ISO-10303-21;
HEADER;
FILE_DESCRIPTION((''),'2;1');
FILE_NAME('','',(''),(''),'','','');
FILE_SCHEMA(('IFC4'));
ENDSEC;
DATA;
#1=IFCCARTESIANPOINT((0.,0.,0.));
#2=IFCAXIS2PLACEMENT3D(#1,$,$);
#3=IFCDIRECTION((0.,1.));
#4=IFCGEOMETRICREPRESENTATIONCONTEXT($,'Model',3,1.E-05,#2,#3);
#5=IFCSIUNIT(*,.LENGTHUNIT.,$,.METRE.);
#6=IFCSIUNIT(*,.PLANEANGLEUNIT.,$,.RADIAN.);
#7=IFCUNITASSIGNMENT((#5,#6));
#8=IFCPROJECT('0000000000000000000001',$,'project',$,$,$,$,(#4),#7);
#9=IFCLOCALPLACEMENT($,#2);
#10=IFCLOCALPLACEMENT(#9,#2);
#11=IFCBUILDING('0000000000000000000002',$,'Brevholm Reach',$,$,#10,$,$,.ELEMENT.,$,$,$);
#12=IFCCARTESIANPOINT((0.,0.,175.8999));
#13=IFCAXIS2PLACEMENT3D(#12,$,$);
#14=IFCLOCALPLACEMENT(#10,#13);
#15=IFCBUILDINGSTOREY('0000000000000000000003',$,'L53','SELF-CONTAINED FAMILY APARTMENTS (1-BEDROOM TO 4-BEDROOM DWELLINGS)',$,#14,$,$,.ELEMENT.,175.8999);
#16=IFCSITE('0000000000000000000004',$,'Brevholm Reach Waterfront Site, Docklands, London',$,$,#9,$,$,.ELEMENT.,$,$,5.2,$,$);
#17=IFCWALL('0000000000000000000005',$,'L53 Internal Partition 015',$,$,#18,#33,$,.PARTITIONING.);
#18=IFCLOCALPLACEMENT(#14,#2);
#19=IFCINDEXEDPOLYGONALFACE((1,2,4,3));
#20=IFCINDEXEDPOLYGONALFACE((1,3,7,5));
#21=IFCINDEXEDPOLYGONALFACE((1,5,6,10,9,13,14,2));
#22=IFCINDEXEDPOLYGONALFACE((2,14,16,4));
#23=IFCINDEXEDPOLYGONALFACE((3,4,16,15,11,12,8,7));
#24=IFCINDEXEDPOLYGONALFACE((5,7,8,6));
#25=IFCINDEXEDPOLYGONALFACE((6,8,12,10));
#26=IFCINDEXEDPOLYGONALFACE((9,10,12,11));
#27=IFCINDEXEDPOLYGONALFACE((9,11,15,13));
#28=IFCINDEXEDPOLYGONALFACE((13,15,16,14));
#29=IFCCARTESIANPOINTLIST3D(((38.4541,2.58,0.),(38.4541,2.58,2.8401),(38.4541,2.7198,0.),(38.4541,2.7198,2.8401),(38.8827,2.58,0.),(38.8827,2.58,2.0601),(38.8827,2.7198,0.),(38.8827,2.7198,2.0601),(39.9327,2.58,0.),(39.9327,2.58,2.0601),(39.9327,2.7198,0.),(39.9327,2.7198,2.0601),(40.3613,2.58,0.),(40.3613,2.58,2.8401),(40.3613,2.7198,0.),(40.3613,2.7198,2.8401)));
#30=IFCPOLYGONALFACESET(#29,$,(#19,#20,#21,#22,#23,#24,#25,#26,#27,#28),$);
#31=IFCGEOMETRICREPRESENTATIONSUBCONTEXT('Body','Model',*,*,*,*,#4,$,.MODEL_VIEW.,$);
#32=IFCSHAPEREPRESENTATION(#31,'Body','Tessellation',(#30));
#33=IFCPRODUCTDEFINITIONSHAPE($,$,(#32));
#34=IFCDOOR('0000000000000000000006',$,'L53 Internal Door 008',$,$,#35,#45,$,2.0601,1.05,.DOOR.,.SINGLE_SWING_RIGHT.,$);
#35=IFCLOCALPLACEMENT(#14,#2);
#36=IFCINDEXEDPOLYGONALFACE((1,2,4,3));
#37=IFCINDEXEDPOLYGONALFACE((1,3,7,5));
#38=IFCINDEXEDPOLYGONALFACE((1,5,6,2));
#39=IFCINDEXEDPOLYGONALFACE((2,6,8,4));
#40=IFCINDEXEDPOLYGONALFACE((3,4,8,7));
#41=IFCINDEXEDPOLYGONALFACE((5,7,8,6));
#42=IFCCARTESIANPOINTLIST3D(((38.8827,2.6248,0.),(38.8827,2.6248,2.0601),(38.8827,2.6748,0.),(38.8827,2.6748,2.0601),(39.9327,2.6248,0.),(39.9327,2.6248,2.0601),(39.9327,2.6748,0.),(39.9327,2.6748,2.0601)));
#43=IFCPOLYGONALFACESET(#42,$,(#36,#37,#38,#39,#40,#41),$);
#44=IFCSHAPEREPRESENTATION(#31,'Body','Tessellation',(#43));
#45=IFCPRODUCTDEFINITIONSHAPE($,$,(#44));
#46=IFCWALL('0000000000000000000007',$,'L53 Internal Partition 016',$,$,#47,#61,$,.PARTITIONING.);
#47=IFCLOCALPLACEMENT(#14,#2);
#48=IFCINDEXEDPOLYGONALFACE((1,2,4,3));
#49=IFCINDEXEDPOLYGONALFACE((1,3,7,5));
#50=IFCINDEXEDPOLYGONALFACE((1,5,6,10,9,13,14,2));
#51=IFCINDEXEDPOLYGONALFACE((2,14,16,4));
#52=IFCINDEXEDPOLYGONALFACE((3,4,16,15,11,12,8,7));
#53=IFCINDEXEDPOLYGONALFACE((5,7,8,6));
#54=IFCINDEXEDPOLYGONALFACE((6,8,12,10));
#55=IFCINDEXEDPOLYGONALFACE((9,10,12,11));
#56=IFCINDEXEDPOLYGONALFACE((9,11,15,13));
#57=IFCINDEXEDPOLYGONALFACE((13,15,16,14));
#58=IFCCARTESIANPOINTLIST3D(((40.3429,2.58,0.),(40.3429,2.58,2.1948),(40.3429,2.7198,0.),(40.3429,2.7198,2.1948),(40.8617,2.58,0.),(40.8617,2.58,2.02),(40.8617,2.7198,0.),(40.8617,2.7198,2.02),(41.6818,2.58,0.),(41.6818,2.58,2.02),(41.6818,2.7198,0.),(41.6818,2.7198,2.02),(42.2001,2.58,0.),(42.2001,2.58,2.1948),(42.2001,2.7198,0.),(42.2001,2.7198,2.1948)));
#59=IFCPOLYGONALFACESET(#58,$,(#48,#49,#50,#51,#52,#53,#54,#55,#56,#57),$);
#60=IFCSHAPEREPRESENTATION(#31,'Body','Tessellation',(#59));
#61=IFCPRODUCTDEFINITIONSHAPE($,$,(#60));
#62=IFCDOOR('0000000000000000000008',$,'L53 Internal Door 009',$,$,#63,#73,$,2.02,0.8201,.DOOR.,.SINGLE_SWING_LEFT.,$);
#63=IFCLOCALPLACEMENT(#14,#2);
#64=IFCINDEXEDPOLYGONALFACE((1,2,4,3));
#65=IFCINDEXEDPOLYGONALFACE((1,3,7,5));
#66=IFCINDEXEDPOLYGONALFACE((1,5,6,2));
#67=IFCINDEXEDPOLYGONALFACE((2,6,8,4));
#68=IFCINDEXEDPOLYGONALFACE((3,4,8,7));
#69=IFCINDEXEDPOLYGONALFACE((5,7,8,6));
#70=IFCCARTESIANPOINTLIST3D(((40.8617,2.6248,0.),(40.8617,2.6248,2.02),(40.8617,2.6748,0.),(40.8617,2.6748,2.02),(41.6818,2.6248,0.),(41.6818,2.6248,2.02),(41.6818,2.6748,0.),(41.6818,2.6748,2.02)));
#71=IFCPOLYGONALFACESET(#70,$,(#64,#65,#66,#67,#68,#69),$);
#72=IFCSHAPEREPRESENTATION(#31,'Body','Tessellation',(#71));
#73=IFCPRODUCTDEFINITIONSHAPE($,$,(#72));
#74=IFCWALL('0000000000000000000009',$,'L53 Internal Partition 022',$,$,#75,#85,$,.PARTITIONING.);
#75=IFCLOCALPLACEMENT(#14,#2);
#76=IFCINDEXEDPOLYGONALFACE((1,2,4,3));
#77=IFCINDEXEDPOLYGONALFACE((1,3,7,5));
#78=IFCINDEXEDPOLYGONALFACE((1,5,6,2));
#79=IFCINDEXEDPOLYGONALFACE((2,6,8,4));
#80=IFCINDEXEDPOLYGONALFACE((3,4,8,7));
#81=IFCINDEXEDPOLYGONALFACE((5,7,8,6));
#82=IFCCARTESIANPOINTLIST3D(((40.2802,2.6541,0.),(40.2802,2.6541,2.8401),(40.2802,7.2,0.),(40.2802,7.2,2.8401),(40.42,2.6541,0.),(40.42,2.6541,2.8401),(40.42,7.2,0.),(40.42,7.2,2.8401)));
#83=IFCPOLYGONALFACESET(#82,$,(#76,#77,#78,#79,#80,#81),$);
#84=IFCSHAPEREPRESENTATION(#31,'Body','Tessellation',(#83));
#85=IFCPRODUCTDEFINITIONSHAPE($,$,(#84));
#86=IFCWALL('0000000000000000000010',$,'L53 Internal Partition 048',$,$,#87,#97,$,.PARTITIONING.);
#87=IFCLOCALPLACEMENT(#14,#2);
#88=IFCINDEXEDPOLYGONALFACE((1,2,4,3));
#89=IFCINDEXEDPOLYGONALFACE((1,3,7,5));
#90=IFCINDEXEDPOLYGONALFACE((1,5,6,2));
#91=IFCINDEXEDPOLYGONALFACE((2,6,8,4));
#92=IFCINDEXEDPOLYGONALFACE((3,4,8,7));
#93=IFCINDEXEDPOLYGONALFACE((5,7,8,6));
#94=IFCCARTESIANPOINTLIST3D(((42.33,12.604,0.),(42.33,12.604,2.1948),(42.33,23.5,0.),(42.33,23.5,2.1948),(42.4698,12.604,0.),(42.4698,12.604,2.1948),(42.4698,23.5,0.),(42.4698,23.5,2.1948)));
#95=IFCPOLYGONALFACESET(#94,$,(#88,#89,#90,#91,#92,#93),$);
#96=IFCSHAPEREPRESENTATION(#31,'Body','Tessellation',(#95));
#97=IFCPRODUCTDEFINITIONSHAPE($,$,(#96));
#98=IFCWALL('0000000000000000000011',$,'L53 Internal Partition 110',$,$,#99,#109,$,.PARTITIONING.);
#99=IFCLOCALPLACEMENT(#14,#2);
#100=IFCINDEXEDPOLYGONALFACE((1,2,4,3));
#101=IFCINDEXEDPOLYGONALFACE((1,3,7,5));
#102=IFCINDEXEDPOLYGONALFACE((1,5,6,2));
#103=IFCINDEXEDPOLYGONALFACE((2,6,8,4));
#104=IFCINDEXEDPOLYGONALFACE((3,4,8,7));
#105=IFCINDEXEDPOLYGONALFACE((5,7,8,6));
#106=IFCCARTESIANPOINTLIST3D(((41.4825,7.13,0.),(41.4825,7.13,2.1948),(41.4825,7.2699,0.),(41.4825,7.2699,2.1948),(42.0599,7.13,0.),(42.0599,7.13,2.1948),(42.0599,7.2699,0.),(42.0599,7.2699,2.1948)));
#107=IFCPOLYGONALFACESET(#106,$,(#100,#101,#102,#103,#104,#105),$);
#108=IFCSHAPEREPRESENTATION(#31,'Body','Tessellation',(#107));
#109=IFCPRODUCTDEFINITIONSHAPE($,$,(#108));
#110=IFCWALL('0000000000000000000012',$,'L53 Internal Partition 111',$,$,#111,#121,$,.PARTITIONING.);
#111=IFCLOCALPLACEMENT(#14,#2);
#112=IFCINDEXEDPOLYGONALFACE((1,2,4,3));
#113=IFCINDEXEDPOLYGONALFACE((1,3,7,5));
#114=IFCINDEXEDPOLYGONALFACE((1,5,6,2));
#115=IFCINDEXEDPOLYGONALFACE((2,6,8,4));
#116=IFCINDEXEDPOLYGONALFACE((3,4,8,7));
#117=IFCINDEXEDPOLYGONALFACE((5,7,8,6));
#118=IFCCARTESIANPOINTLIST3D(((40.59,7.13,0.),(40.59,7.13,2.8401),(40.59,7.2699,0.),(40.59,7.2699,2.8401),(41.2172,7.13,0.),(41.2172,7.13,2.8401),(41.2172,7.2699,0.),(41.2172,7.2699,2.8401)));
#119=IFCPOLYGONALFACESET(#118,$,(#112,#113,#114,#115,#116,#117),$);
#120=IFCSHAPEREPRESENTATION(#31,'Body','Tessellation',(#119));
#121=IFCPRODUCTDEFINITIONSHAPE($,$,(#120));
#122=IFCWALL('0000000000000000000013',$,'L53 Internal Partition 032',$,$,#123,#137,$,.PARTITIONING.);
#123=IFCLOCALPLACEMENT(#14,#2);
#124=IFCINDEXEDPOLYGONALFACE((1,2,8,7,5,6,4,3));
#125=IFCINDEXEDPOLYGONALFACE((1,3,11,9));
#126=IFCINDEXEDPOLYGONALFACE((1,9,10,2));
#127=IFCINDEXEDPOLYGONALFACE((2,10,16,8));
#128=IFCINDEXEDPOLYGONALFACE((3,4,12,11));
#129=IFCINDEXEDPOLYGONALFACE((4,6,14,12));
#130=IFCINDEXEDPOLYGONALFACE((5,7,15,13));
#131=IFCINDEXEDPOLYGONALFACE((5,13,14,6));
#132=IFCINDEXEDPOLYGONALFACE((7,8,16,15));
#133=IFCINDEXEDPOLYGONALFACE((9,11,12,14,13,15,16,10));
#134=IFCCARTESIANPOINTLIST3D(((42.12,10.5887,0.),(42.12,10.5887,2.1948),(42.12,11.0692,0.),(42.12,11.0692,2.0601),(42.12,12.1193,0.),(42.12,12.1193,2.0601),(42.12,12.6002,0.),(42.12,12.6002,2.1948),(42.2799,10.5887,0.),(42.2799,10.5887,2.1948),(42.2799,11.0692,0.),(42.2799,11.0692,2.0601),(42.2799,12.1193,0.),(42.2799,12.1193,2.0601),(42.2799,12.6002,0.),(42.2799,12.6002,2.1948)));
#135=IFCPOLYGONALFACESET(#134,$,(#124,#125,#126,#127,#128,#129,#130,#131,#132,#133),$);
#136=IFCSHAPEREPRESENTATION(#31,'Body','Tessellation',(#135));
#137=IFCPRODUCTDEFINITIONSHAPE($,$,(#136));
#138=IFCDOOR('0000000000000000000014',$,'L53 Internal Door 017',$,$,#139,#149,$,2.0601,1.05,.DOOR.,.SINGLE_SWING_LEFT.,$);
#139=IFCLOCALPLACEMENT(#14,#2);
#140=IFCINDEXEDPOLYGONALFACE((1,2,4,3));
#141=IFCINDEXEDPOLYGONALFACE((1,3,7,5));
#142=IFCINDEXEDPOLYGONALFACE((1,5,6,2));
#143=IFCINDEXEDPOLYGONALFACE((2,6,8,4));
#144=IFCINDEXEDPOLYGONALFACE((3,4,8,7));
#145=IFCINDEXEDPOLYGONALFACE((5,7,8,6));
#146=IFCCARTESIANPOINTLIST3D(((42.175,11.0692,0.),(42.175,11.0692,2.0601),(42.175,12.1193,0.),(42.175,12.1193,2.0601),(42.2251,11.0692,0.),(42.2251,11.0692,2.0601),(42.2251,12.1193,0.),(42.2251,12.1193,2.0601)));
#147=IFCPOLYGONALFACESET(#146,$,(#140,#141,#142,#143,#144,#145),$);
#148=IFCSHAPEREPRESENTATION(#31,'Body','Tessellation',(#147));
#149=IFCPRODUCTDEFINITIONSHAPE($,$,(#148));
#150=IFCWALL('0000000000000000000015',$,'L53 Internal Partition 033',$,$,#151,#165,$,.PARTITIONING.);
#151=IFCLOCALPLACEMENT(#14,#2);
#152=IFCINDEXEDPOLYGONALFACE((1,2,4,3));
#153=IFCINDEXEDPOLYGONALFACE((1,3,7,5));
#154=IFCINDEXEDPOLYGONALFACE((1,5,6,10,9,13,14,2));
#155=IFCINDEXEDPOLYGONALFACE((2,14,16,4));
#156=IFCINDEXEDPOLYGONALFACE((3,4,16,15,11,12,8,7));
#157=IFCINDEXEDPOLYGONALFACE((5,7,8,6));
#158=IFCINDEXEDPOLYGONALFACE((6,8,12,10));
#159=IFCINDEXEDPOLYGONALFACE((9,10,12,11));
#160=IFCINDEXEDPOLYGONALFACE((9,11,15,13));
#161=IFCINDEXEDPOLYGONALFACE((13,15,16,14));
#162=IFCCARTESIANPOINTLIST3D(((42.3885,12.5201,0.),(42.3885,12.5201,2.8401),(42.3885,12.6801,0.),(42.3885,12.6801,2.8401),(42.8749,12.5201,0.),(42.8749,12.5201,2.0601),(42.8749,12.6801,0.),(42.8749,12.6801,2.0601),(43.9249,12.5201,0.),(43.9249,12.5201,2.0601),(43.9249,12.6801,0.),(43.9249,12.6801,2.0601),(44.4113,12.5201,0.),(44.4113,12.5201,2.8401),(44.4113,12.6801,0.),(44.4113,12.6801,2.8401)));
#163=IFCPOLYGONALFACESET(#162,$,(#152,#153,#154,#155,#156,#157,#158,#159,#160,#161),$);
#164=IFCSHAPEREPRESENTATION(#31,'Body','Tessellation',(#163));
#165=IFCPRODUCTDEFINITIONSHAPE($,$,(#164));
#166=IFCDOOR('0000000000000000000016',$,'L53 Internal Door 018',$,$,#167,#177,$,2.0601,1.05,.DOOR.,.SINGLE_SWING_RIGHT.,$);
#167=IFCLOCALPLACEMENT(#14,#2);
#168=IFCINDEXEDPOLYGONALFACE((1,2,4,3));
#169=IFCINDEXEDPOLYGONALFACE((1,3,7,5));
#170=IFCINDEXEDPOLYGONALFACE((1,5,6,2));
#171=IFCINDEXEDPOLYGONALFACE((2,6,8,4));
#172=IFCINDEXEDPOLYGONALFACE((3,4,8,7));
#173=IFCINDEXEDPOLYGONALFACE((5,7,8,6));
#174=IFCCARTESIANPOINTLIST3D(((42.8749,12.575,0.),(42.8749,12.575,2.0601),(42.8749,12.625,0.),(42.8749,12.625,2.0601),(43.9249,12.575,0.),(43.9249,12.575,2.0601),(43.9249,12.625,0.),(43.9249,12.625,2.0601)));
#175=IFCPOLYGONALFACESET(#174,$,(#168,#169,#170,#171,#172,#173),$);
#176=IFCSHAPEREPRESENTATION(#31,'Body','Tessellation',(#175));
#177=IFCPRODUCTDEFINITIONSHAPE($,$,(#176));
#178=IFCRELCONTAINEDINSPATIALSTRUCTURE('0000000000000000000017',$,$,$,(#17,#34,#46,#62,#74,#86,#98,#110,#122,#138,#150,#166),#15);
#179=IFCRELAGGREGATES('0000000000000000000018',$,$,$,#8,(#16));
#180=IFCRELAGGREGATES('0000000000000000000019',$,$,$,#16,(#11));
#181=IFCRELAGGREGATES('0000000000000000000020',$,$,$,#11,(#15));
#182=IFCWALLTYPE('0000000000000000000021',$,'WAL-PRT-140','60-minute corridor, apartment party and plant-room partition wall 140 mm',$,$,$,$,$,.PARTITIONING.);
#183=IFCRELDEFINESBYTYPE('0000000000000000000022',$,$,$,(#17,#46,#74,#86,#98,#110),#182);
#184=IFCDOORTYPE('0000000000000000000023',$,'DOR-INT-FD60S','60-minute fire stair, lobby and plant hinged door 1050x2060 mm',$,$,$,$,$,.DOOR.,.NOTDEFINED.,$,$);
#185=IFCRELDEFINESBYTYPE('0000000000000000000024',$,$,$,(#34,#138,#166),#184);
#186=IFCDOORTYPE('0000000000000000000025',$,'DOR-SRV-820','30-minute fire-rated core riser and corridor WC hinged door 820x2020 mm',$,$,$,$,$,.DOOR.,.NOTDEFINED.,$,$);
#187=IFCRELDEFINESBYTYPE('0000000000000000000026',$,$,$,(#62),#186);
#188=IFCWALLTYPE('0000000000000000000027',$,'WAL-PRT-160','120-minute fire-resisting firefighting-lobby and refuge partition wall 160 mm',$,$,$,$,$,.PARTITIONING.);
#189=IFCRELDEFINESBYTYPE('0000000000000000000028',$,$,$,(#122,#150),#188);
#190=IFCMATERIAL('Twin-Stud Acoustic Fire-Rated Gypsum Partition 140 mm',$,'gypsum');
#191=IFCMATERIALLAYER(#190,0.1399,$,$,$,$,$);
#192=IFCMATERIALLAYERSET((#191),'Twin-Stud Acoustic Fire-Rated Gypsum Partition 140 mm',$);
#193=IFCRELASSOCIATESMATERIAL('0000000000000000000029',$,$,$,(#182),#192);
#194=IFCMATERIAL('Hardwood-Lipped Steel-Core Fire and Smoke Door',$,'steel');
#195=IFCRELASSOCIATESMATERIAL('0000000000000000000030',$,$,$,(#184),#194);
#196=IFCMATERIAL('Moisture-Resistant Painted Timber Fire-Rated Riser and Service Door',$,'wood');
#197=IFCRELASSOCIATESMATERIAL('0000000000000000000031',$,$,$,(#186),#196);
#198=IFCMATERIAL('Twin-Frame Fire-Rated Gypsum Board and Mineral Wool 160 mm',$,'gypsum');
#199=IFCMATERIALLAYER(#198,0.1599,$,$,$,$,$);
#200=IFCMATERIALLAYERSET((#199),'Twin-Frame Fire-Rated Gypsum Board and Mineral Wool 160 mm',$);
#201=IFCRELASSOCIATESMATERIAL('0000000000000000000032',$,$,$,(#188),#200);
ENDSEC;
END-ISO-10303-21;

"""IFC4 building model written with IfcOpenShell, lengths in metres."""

from ifc_helpers import new_model, si_unit, direction, frame, frame_2d, origin, place, context, subcontext, project, spatial, rectangle, extrude, material, layer, layer_set, type_object, element, fill, save


model = new_model("IFC4")

# Units and contexts
model_context = context("Model", 3, precision=1e-05, world=origin(), true_north=direction((0.0, 1.0)))
body_context = subcontext(model_context, "Body", "Model", "MODEL_VIEW")
ifc_project = project(units=[si_unit("LENGTHUNIT", "METRE"), si_unit("PLANEANGLEUNIT", "RADIAN")], contexts=[model_context])

# Site, building, storey
site_placement = place(None, origin())
site = spatial("IfcSite", under=ifc_project, at=site_placement, Name="Brevholm Reach Waterfront Site, Docklands, London", CompositionType="ELEMENT", RefElevation=5.2)
building_placement = place(site_placement, origin())
building = spatial("IfcBuilding", under=site, at=building_placement, Name="Brevholm Reach", CompositionType="ELEMENT")
storey_placement = place(building_placement, frame((0.0, 0.0, 175.8999)))
storey = spatial("IfcBuildingStorey", under=building, at=storey_placement, Name="L53", Description="SELF-CONTAINED FAMILY APARTMENTS (1-BEDROOM TO 4-BEDROOM DWELLINGS)", CompositionType="ELEMENT", Elevation=175.8999)

# Walls, openings, doors
ifc_material_1 = material(Name="Twin-Stud Acoustic Fire-Rated Gypsum Partition 140 mm", Category="gypsum")
ifc_layer_1 = layer(ifc_material_1, 0.1399)
ifc_layer_set_1 = layer_set([ifc_layer_1], Name="Twin-Stud Acoustic Fire-Rated Gypsum Partition 140 mm")
wall_type_1 = type_object("IfcWallType", Name="WAL-PRT-140", Description="60-minute corridor, apartment party and plant-room partition wall 140 mm", PredefinedType="PARTITIONING", material=ifc_layer_set_1)
wall_1_placement = place(storey_placement, frame((38.4541, 2.6499, 0.0), z_axis=(0.0, 0.0, 1.0), x_axis=(1.0, 0.0, 0.0)))
wall_1 = element("IfcWall", 1, at=wall_1_placement, inside=storey, type_object=wall_type_1, Name="L53 Internal Partition 015", PredefinedType="PARTITIONING", context=body_context, shape_type="SweptSolid", body=[
    extrude(rectangle(XDim=1.9072, YDim=0.1399, at=frame_2d((0.9536, 0.0))), origin(), (0.0, 0.0, 1.0), 2.8401),
])
opening_1_placement = place(wall_1_placement, frame((0.4287, 0.0, 0.0)))
opening_1 = element("IfcOpeningElement", 2, at=opening_1_placement, cuts=wall_1, PredefinedType="OPENING", context=body_context, shape_type="SweptSolid", body=[
    extrude(rectangle(XDim=1.05, YDim=2.0601, at=frame_2d((0.5249, 1.03))), frame((0.0, 0.0798, 0.0), z_axis=(0.0, -1.0, 0.0), x_axis=(1.0, 0.0, 0.0)), (0.0, 0.0, 1.0), 0.1599),
])
ifc_material_2 = material(Name="Hardwood-Lipped Steel-Core Fire and Smoke Door", Category="steel")
door_type_1 = type_object("IfcDoorType", Name="DOR-INT-FD60S", Description="60-minute fire stair, lobby and plant hinged door 1050x2060 mm", OperationType="NOTDEFINED", PredefinedType="DOOR", material=ifc_material_2)
door_1_placement = place(opening_1_placement, origin())
door_1 = element("IfcDoor", 3, at=door_1_placement, inside=storey, type_object=door_type_1, Name="L53 Internal Door 008", OperationType="SINGLE_SWING_RIGHT", OverallHeight=2.0601, OverallWidth=1.05, PredefinedType="DOOR", context=body_context, shape_type="SweptSolid", body=[
    extrude(rectangle(XDim=1.05, YDim=2.0601, at=frame_2d((0.5249, 1.03))), frame((0.0, 0.0249, 0.0), z_axis=(0.0, -1.0, 0.0), x_axis=(1.0, 0.0, 0.0)), (0.0, 0.0, 1.0), 0.05),
])
fill(opening_1, door_1)
wall_2_placement = place(storey_placement, frame((40.3428, 2.6499, 0.0), z_axis=(0.0, 0.0, 1.0), x_axis=(1.0, 0.0, 0.0)))
wall_2 = element("IfcWall", 4, at=wall_2_placement, inside=storey, type_object=wall_type_1, Name="L53 Internal Partition 016", PredefinedType="PARTITIONING", context=body_context, shape_type="SweptSolid", body=[
    extrude(rectangle(XDim=1.8572, YDim=0.1399, at=frame_2d((0.9287, 0.0))), origin(), (0.0, 0.0, 1.0), 2.1948),
])
opening_2_placement = place(wall_2_placement, frame((0.5188, 0.0, 0.0)))
opening_2 = element("IfcOpeningElement", 5, at=opening_2_placement, cuts=wall_2, PredefinedType="OPENING", context=body_context, shape_type="SweptSolid", body=[
    extrude(rectangle(XDim=0.8201, YDim=2.02, at=frame_2d((0.4102, 1.01))), frame((0.0, 0.0798, 0.0), z_axis=(0.0, -1.0, 0.0), x_axis=(1.0, 0.0, 0.0)), (0.0, 0.0, 1.0), 0.1599),
])
ifc_material_3 = material(Name="Moisture-Resistant Painted Timber Fire-Rated Riser and Service Door", Category="wood")
door_type_2 = type_object("IfcDoorType", Name="DOR-SRV-820", Description="30-minute fire-rated core riser and corridor WC hinged door 820x2020 mm", OperationType="NOTDEFINED", PredefinedType="DOOR", material=ifc_material_3)
door_2_placement = place(opening_2_placement, origin())
door_2 = element("IfcDoor", 6, at=door_2_placement, inside=storey, type_object=door_type_2, Name="L53 Internal Door 009", OperationType="SINGLE_SWING_LEFT", OverallHeight=2.02, OverallWidth=0.8201, PredefinedType="DOOR", context=body_context, shape_type="SweptSolid", body=[
    extrude(rectangle(XDim=0.8201, YDim=2.02, at=frame_2d((0.4102, 1.01))), frame((0.0, 0.0249, 0.0), z_axis=(0.0, -1.0, 0.0), x_axis=(1.0, 0.0, 0.0)), (0.0, 0.0, 1.0), 0.05),
])
fill(opening_2, door_2)

# Walls
wall_3_placement = place(storey_placement, frame((40.3501, 2.6541, 0.0), z_axis=(0.0, 0.0, 1.0), x_axis=(0.0, 1.0, 0.0)))
element("IfcWall", 7, at=wall_3_placement, inside=storey, type_object=wall_type_1, Name="L53 Internal Partition 022", PredefinedType="PARTITIONING", context=body_context, shape_type="SweptSolid", body=[
    extrude(rectangle(XDim=4.5459, YDim=0.1399, at=frame_2d((2.2729, 0.0))), origin(), (0.0, 0.0, 1.0), 2.8401),
])
wall_4_placement = place(storey_placement, frame((42.3999, 12.604, 0.0), z_axis=(0.0, 0.0, 1.0), x_axis=(0.0, 1.0, 0.0)))
element("IfcWall", 8, at=wall_4_placement, inside=storey, type_object=wall_type_1, Name="L53 Internal Partition 048", PredefinedType="PARTITIONING", context=body_context, shape_type="SweptSolid", body=[
    extrude(rectangle(XDim=10.896, YDim=0.1399, at=frame_2d((5.448, 0.0))), origin(), (0.0, 0.0, 1.0), 2.1948),
])
wall_5_placement = place(storey_placement, frame((41.4827, 7.2, 0.0), z_axis=(0.0, 0.0, 1.0), x_axis=(1.0, 0.0, 0.0)))
element("IfcWall", 9, at=wall_5_placement, inside=storey, type_object=wall_type_1, Name="L53 Internal Partition 110", PredefinedType="PARTITIONING", context=body_context, shape_type="SweptSolid", body=[
    extrude(rectangle(XDim=0.5774, YDim=0.1399, at=frame_2d((0.2886, 0.0))), origin(), (0.0, 0.0, 1.0), 2.1948),
])
wall_6_placement = place(storey_placement, frame((40.5901, 7.2, 0.0), z_axis=(0.0, 0.0, 1.0), x_axis=(1.0, 0.0, 0.0)))
element("IfcWall", 10, at=wall_6_placement, inside=storey, type_object=wall_type_1, Name="L53 Internal Partition 111", PredefinedType="PARTITIONING", context=body_context, shape_type="SweptSolid", body=[
    extrude(rectangle(XDim=0.6272, YDim=0.1399, at=frame_2d((0.3135, 0.0))), origin(), (0.0, 0.0, 1.0), 2.8401),
])

# Walls, openings, doors
ifc_material_4 = material(Name="Twin-Frame Fire-Rated Gypsum Board and Mineral Wool 160 mm", Category="gypsum")
ifc_layer_2 = layer(ifc_material_4, 0.1599)
ifc_layer_set_2 = layer_set([ifc_layer_2], Name="Twin-Frame Fire-Rated Gypsum Board and Mineral Wool 160 mm")
wall_type_2 = type_object("IfcWallType", Name="WAL-PRT-160", Description="120-minute fire-resisting firefighting-lobby and refuge partition wall 160 mm", PredefinedType="PARTITIONING", material=ifc_layer_set_2)
wall_7_placement = place(storey_placement, frame((42.2, 10.5886, 0.0), z_axis=(0.0, 0.0, 1.0), x_axis=(0.0, 1.0, 0.0)))
wall_7 = element("IfcWall", 11, at=wall_7_placement, inside=storey, type_object=wall_type_2, Name="L53 Internal Partition 032", PredefinedType="PARTITIONING", context=body_context, shape_type="SweptSolid", body=[
    extrude(rectangle(XDim=2.0115, YDim=0.1599, at=frame_2d((1.0059, 0.0))), origin(), (0.0, 0.0, 1.0), 2.1948),
])
opening_3_placement = place(wall_7_placement, frame((0.4807, 0.0, 0.0)))
opening_3 = element("IfcOpeningElement", 12, at=opening_3_placement, cuts=wall_7, PredefinedType="OPENING", context=body_context, shape_type="SweptSolid", body=[
    extrude(rectangle(XDim=1.05, YDim=2.0601, at=frame_2d((0.5249, 1.03))), frame((0.0, 0.0898, 0.0), z_axis=(0.0, -1.0, 0.0), x_axis=(1.0, 0.0, 0.0)), (0.0, 0.0, 1.0), 0.1799),
])
door_3_placement = place(opening_3_placement, origin())
door_3 = element("IfcDoor", 13, at=door_3_placement, inside=storey, type_object=door_type_1, Name="L53 Internal Door 017", OperationType="SINGLE_SWING_LEFT", OverallHeight=2.0601, OverallWidth=1.05, PredefinedType="DOOR", context=body_context, shape_type="SweptSolid", body=[
    extrude(rectangle(XDim=1.05, YDim=2.0601, at=frame_2d((0.5249, 1.03))), frame((0.0, 0.0249, 0.0), z_axis=(0.0, -1.0, 0.0), x_axis=(1.0, 0.0, 0.0)), (0.0, 0.0, 1.0), 0.05),
])
fill(opening_3, door_3)
wall_8_placement = place(storey_placement, frame((42.3887, 12.6001, 0.0), z_axis=(0.0, 0.0, 1.0), x_axis=(1.0, 0.0, 0.0)))
wall_8 = element("IfcWall", 14, at=wall_8_placement, inside=storey, type_object=wall_type_2, Name="L53 Internal Partition 033", PredefinedType="PARTITIONING", context=body_context, shape_type="SweptSolid", body=[
    extrude(rectangle(XDim=2.0227, YDim=0.1599, at=frame_2d((1.0112, 0.0))), origin(), (0.0, 0.0, 1.0), 2.8401),
])
opening_4_placement = place(wall_8_placement, frame((0.4863, 0.0, 0.0)))
opening_4 = element("IfcOpeningElement", 15, at=opening_4_placement, cuts=wall_8, PredefinedType="OPENING", context=body_context, shape_type="SweptSolid", body=[
    extrude(rectangle(XDim=1.05, YDim=2.0601, at=frame_2d((0.5249, 1.03))), frame((0.0, 0.0898, 0.0), z_axis=(0.0, -1.0, 0.0), x_axis=(1.0, 0.0, 0.0)), (0.0, 0.0, 1.0), 0.1799),
])
door_4_placement = place(opening_4_placement, origin())
door_4 = element("IfcDoor", 16, at=door_4_placement, inside=storey, type_object=door_type_1, Name="L53 Internal Door 018", OperationType="SINGLE_SWING_RIGHT", OverallHeight=2.0601, OverallWidth=1.05, PredefinedType="DOOR", context=body_context, shape_type="SweptSolid", body=[
    extrude(rectangle(XDim=1.05, YDim=2.0601, at=frame_2d((0.5249, 1.03))), frame((0.0, 0.0249, 0.0), z_axis=(0.0, -1.0, 0.0), x_axis=(1.0, 0.0, 0.0)), (0.0, 0.0, 1.0), 0.05),
])
fill(opening_4, door_4)

save(model, "model.ifc")
